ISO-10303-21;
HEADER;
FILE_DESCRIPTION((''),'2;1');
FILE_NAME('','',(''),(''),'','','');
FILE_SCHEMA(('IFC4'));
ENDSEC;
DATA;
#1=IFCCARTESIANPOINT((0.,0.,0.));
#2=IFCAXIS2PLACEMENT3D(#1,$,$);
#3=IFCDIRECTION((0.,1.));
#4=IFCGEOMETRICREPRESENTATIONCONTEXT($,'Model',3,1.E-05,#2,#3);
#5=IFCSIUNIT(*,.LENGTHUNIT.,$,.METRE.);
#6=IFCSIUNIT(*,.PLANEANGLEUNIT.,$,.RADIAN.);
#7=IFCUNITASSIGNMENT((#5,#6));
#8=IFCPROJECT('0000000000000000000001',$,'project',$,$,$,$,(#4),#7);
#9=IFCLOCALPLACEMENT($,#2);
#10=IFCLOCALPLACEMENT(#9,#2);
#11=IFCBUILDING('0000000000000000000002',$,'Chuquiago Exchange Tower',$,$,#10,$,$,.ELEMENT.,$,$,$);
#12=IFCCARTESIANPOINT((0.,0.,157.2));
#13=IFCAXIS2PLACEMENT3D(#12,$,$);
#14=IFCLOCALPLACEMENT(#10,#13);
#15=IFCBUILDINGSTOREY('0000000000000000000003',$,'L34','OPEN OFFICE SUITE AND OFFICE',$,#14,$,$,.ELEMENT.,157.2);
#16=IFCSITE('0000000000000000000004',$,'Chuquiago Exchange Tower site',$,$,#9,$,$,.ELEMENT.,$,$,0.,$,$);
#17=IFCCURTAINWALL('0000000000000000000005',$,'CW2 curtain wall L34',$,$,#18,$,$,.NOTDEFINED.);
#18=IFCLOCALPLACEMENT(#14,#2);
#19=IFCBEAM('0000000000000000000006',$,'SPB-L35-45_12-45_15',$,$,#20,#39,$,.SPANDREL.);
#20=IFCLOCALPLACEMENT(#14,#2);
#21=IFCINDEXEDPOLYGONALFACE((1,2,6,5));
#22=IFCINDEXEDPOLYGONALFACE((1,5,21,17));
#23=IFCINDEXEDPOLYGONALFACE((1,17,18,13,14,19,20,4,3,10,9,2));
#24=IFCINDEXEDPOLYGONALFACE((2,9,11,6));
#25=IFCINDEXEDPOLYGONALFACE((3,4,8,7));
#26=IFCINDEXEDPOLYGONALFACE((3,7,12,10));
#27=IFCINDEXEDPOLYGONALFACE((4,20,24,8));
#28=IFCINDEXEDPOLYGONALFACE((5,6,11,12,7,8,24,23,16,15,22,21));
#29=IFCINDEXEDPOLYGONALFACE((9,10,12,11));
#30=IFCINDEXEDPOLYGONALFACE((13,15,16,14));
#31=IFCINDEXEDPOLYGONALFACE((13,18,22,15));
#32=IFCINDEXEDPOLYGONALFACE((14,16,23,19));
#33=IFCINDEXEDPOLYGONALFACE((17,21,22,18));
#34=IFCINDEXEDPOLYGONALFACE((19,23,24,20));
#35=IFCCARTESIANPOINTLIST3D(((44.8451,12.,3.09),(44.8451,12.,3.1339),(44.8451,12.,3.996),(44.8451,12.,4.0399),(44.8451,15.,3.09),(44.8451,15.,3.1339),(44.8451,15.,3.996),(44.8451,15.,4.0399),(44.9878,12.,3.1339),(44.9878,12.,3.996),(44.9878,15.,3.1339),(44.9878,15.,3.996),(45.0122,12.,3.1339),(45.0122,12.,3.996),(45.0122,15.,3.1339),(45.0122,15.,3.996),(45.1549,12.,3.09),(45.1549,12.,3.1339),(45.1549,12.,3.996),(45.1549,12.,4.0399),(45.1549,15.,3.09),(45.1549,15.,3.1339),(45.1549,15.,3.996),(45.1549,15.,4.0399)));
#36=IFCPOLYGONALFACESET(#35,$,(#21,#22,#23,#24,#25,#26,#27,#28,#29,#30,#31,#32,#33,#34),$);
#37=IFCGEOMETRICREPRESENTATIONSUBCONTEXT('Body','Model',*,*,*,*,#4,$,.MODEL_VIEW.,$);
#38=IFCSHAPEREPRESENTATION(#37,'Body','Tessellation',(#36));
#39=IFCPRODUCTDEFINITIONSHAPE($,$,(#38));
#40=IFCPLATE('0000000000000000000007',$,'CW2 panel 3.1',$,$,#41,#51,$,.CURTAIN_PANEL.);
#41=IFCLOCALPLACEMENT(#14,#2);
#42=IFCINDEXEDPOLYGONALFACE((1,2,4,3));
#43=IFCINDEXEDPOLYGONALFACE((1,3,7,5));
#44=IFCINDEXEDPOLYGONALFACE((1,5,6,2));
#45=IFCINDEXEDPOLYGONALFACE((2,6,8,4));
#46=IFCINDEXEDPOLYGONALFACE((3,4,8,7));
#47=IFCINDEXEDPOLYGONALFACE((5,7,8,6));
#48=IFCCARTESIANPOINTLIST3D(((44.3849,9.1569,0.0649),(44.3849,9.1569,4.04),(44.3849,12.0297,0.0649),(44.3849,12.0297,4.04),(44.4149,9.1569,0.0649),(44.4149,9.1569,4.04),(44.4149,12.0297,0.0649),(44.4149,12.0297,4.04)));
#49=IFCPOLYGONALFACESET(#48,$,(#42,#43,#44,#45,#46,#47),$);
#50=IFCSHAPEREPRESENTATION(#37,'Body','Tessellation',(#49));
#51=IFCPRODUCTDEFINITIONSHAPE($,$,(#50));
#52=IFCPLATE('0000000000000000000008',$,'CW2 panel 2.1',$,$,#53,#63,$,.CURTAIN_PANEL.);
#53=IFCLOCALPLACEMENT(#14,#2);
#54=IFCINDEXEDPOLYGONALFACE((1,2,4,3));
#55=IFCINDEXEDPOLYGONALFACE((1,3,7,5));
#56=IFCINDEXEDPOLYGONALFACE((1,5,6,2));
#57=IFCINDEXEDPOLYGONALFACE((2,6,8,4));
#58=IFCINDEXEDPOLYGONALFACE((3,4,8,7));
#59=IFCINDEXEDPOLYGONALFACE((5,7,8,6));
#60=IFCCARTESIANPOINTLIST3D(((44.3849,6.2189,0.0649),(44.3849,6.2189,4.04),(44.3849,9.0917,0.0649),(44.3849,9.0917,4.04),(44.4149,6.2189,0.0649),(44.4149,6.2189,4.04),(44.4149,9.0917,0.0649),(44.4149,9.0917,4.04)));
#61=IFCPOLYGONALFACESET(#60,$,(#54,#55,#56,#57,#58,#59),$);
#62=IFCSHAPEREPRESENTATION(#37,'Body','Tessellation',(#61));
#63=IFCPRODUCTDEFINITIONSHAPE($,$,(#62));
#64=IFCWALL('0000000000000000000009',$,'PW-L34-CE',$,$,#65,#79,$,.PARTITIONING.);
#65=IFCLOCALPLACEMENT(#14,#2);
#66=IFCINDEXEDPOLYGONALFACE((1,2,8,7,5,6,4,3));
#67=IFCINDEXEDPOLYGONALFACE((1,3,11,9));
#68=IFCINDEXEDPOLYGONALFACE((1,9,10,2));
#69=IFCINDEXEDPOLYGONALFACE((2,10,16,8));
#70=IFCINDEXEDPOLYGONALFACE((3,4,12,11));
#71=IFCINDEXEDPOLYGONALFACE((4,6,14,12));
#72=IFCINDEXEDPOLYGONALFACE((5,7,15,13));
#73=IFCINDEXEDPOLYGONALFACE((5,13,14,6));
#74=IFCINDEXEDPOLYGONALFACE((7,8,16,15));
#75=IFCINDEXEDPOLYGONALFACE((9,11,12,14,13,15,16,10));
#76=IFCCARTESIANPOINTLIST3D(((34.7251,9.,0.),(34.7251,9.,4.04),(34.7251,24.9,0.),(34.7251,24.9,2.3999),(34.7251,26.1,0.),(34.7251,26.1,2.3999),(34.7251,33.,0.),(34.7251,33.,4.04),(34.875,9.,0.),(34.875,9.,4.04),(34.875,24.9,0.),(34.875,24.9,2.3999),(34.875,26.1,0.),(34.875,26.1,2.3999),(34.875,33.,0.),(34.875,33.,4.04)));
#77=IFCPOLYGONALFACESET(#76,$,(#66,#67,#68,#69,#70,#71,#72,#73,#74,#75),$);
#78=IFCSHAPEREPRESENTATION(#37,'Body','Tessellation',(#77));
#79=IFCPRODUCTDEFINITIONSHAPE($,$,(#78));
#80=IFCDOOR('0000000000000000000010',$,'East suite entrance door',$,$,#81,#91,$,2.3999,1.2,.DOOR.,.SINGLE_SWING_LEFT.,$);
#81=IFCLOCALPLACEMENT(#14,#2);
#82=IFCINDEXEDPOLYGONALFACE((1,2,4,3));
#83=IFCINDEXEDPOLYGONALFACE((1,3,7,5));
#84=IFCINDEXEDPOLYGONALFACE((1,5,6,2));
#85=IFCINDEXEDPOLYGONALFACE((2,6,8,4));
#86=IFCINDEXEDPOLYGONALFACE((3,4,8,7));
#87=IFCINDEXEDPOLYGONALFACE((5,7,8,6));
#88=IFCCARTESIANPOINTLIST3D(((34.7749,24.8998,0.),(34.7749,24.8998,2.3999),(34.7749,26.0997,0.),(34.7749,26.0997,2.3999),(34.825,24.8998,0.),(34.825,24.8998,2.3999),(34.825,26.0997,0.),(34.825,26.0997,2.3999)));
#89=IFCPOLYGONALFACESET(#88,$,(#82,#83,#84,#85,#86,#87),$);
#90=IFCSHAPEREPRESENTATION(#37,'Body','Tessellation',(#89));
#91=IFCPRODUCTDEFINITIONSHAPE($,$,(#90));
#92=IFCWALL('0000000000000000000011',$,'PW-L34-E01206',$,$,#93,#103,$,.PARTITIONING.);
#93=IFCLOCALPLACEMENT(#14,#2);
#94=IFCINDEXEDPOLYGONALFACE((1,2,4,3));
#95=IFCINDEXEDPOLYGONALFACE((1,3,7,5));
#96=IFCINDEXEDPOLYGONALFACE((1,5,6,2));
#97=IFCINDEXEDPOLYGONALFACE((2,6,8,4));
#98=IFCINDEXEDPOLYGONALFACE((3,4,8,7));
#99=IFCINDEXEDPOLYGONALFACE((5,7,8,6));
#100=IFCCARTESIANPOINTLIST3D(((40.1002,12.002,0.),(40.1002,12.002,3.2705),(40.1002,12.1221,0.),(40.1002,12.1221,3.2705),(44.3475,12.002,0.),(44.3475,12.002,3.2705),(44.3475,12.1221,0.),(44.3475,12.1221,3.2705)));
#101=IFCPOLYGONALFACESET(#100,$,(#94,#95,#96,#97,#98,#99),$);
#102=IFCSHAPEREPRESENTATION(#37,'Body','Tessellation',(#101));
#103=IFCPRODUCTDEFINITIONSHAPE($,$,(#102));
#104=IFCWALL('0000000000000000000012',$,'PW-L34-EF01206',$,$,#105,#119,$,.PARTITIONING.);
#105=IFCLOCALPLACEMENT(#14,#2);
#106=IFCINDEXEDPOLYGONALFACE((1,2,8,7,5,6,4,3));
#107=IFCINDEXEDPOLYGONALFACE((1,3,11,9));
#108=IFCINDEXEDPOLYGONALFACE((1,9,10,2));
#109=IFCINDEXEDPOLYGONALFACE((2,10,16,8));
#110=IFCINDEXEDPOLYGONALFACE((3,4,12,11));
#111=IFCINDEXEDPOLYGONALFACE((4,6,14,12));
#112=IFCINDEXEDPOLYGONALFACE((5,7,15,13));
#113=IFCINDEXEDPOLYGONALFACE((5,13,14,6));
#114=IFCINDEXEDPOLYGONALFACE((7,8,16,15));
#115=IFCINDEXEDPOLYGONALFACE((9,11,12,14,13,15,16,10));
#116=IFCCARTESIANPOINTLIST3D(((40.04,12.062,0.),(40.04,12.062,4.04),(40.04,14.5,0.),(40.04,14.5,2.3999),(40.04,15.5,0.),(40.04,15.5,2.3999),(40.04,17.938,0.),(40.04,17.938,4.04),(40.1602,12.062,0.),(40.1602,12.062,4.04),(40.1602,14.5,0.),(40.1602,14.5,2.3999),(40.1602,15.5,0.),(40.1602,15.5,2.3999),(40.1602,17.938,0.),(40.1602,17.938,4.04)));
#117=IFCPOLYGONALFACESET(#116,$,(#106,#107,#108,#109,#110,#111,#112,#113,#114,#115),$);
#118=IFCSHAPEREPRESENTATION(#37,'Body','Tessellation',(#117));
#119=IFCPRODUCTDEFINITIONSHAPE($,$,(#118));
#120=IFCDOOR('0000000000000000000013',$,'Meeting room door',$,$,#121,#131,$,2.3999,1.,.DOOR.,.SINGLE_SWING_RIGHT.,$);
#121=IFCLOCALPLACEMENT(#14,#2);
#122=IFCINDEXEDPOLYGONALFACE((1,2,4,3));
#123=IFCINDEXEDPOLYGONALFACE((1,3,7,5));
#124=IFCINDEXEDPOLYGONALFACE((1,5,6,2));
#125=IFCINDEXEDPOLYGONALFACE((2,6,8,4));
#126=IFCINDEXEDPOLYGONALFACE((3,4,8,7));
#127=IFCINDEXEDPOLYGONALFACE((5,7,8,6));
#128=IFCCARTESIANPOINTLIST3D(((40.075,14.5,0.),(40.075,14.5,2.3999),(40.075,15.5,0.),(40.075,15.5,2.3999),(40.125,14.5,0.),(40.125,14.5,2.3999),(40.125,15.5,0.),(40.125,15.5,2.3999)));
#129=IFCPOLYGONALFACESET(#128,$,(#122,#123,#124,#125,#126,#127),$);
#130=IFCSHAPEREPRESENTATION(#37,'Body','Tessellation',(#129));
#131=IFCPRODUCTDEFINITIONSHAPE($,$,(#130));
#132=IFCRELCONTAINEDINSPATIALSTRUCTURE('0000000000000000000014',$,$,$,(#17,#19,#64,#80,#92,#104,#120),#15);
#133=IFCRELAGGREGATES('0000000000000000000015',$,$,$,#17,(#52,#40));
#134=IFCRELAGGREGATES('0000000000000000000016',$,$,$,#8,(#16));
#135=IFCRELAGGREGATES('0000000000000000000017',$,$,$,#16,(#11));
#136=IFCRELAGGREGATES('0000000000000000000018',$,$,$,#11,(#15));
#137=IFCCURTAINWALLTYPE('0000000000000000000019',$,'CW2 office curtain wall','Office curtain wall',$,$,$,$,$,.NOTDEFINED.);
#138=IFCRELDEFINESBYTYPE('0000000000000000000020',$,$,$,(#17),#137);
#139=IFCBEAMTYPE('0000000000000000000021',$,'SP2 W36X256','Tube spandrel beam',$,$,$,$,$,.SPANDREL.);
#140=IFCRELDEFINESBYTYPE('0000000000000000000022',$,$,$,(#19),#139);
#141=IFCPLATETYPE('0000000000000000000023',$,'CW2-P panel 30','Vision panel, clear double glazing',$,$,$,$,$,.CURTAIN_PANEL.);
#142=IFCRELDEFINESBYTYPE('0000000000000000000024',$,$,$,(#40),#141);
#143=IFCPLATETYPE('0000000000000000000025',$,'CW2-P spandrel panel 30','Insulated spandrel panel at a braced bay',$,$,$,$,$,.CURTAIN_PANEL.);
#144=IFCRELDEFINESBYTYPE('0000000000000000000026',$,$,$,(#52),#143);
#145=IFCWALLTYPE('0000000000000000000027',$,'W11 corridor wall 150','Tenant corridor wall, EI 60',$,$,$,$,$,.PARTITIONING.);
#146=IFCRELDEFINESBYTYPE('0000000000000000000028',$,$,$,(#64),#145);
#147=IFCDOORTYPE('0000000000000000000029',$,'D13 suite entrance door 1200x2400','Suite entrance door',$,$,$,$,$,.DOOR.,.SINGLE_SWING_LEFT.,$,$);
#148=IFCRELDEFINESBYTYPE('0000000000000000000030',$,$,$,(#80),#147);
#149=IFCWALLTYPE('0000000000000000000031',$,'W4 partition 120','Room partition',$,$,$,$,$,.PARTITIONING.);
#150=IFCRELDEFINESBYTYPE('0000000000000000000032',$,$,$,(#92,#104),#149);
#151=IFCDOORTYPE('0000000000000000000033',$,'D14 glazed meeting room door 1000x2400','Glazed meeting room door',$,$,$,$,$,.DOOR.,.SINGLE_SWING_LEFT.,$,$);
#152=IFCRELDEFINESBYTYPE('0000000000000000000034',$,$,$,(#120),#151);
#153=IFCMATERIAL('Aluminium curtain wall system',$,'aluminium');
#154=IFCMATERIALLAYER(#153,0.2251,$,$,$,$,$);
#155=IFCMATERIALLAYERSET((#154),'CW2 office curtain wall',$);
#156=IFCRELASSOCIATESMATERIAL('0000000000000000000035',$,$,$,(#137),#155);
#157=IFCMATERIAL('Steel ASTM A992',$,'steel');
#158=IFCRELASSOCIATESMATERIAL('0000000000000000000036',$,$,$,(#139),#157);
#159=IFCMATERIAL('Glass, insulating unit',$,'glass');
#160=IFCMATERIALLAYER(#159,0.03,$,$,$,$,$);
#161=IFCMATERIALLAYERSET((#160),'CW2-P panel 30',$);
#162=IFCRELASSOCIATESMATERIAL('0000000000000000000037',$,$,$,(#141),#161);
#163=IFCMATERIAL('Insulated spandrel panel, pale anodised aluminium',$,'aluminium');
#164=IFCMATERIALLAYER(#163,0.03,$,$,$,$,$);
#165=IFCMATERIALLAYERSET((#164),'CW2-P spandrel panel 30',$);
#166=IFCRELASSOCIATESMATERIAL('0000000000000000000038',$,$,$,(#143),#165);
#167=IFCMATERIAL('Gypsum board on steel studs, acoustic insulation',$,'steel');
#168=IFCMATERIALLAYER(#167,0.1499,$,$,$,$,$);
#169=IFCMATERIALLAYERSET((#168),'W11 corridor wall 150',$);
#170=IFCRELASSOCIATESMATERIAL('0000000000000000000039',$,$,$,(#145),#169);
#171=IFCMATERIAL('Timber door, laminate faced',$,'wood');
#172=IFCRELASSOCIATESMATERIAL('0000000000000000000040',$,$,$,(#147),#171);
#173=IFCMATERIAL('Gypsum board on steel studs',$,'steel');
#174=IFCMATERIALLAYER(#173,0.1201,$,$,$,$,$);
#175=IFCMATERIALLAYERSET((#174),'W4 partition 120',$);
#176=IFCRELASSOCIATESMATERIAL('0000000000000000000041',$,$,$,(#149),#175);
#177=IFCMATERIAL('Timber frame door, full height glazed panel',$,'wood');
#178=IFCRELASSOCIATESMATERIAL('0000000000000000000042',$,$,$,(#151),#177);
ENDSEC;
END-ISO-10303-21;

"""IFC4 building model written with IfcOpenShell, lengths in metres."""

from ifc_helpers import new_model, si_unit, direction, frame, frame_2d, origin, origin_2d, place, context, subcontext, project, spatial, rectangle, i_section, extrude, material, layer, layer_set, material_profile, profile_set, type_object, element, fill, aggregate, save


model = new_model("IFC4")

# Units and contexts
model_context = context("Model", 3, precision=1e-05, world=origin(), true_north=direction((0.0, 1.0)))
body_context = subcontext(model_context, "Body", "Model", "MODEL_VIEW")
ifc_project = project(units=[si_unit("LENGTHUNIT", "METRE"), si_unit("PLANEANGLEUNIT", "RADIAN")], contexts=[model_context])

# Site, building, storey
site_placement = place(None, origin())
site = spatial("IfcSite", under=ifc_project, at=site_placement, Name="Chuquiago Exchange Tower site", CompositionType="ELEMENT", RefElevation=0.0)
building_placement = place(site_placement, origin())
building = spatial("IfcBuilding", under=site, at=building_placement, Name="Chuquiago Exchange Tower", CompositionType="ELEMENT")
storey_placement = place(building_placement, frame((0.0, 0.0, 157.2)))
storey = spatial("IfcBuildingStorey", under=building, at=storey_placement, Name="L34", Description="OPEN OFFICE SUITE AND OFFICE", CompositionType="ELEMENT", Elevation=157.2)

# Curtain wall
ifc_material_1 = material(Name="Aluminium curtain wall system", Category="aluminium")
ifc_layer_1 = layer(ifc_material_1, 0.2251)
ifc_layer_set_1 = layer_set([ifc_layer_1], Name="CW2 office curtain wall")
curtain_wall_type = type_object("IfcCurtainWallType", Name="CW2 office curtain wall", Description="Office curtain wall", PredefinedType="NOTDEFINED", material=ifc_layer_set_1)
curtain_wall_placement = place(storey_placement, origin())
curtain_wall = element("IfcCurtainWall", 1, at=curtain_wall_placement, inside=storey, type_object=curtain_wall_type, Name="CW2 curtain wall L34", PredefinedType="NOTDEFINED")

# Beam
ifc_material_2 = material(Name="Steel ASTM A992", Category="steel")
ifc_material_profile_1 = material_profile(ifc_material_2, i_section(OverallWidth=0.3098, OverallDepth=0.95, WebThickness=0.0244, FlangeThickness=0.0439, at=origin_2d()), Name="W36X256")
ifc_profile_set_1 = profile_set([ifc_material_profile_1], Name="Steel ASTM A992")
beam_type = type_object("IfcBeamType", Name="SP2 W36X256", Description="Tube spandrel beam", PredefinedType="SPANDREL", material=ifc_profile_set_1)
for number, where, z_axis, x_axis, name in (
    (2, (45.0, 12.0, 3.5649), (0.0, 1.0, 0.0), (-1.0, 0.0, 0.0), "SPB-L35-45_12-45_15"),
):
    element("IfcBeam", number, at=place(storey_placement, frame(where, z_axis=z_axis, x_axis=x_axis)), inside=storey, type_object=beam_type, Name=name, PredefinedType="SPANDREL", context=body_context, shape_type="SweptSolid", body=[
        extrude(i_section(OverallWidth=0.3098, OverallDepth=0.95, WebThickness=0.0244, FlangeThickness=0.0439, at=origin_2d()), origin(), (0.0, 0.0, 1.0), 3.0),
    ])

# Plates
ifc_material_3 = material(Name="Glass, insulating unit", Category="glass")
ifc_layer_2 = layer(ifc_material_3, 0.03)
ifc_layer_set_2 = layer_set([ifc_layer_2], Name="CW2-P panel 30")
plate_type_1 = type_object("IfcPlateType", Name="CW2-P panel 30", Description="Vision panel, clear double glazing", PredefinedType="CURTAIN_PANEL", material=ifc_layer_set_2)
plate_1_placement = place(storey_placement, frame((44.3999, 10.5933, 0.0649), z_axis=(0.0, 0.0, 1.0), x_axis=(0.0, 1.0, 0.0)))
plate_1 = element("IfcPlate", 3, at=plate_1_placement, type_object=plate_type_1, Name="CW2 panel 3.1", PredefinedType="CURTAIN_PANEL", context=body_context, shape_type="SweptSolid", body=[
    extrude(rectangle(XDim=2.8728, YDim=0.03, at=origin_2d()), origin(), (0.0, 0.0, 1.0), 3.9751),
])
ifc_material_4 = material(Name="Insulated spandrel panel, pale anodised aluminium", Category="aluminium")
ifc_layer_3 = layer(ifc_material_4, 0.03)
ifc_layer_set_3 = layer_set([ifc_layer_3], Name="CW2-P spandrel panel 30")
plate_type_2 = type_object("IfcPlateType", Name="CW2-P spandrel panel 30", Description="Insulated spandrel panel at a braced bay", PredefinedType="CURTAIN_PANEL", material=ifc_layer_set_3)
plate_2_placement = place(storey_placement, frame((44.3999, 7.6553, 0.0649), z_axis=(0.0, 0.0, 1.0), x_axis=(0.0, 1.0, 0.0)))
plate_2 = element("IfcPlate", 4, at=plate_2_placement, type_object=plate_type_2, Name="CW2 panel 2.1", PredefinedType="CURTAIN_PANEL", context=body_context, shape_type="SweptSolid", body=[
    extrude(rectangle(XDim=2.8728, YDim=0.03, at=origin_2d()), origin(), (0.0, 0.0, 1.0), 3.9751),
])
aggregate(curtain_wall, [plate_2, plate_1])

# Wall, opening, door
ifc_material_5 = material(Name="Gypsum board on steel studs, acoustic insulation", Category="steel")
ifc_layer_4 = layer(ifc_material_5, 0.1499)
ifc_layer_set_4 = layer_set([ifc_layer_4], Name="W11 corridor wall 150")
wall_type_1 = type_object("IfcWallType", Name="W11 corridor wall 150", Description="Tenant corridor wall, EI 60", PredefinedType="PARTITIONING", material=ifc_layer_set_4)
wall_1_placement = place(storey_placement, frame((34.8, 9.0, 0.0), z_axis=(0.0, 0.0, 1.0), x_axis=(0.0, 1.0, 0.0)))
wall_1 = element("IfcWall", 5, at=wall_1_placement, inside=storey, type_object=wall_type_1, Name="PW-L34-CE", PredefinedType="PARTITIONING", context=body_context, shape_type="SweptSolid", body=[
    extrude(rectangle(XDim=24.0, YDim=0.1499, at=frame_2d((12.0, 0.0))), origin(), (0.0, 0.0, 1.0), 4.04),
])
opening_1_placement = place(wall_1_placement, frame((15.8999, 0.0, 0.0)))
opening_1 = element("IfcOpeningElement", 6, at=opening_1_placement, cuts=wall_1, PredefinedType="OPENING", context=body_context, shape_type="SweptSolid", body=[
    extrude(rectangle(XDim=1.2, YDim=2.3999, at=frame_2d((0.6001, 1.2))), frame((0.0, 0.085, 0.0), z_axis=(0.0, -1.0, 0.0), x_axis=(1.0, 0.0, 0.0)), (0.0, 0.0, 1.0), 0.1699),
])
ifc_material_6 = material(Name="Timber door, laminate faced", Category="wood")
door_type_1 = type_object("IfcDoorType", Name="D13 suite entrance door 1200x2400", Description="Suite entrance door", OperationType="SINGLE_SWING_LEFT", PredefinedType="DOOR", material=ifc_material_6)
door_1_placement = place(opening_1_placement, frame((1.2, 0.0, 0.0), z_axis=(0.0, 0.0, 1.0), x_axis=(-1.0, 0.0, 0.0)))
door_1 = element("IfcDoor", 7, at=door_1_placement, inside=storey, type_object=door_type_1, Name="East suite entrance door", OperationType="SINGLE_SWING_LEFT", OverallHeight=2.3999, OverallWidth=1.2, PredefinedType="DOOR", context=body_context, shape_type="SweptSolid", body=[
    extrude(rectangle(XDim=1.2, YDim=2.3999, at=frame_2d((0.6001, 1.2))), frame((0.0, 0.0249, 0.0), z_axis=(0.0, -1.0, 0.0), x_axis=(1.0, 0.0, 0.0)), (0.0, 0.0, 1.0), 0.05),
])
fill(opening_1, door_1)

# Wall
ifc_material_7 = material(Name="Gypsum board on steel studs", Category="steel")
ifc_layer_5 = layer(ifc_material_7, 0.1201)
ifc_layer_set_5 = layer_set([ifc_layer_5], Name="W4 partition 120")
wall_type_2 = type_object("IfcWallType", Name="W4 partition 120", Description="Room partition", PredefinedType="PARTITIONING", material=ifc_layer_set_5)
wall_2_placement = place(storey_placement, frame((44.3474, 12.062, 0.0), z_axis=(0.0, 0.0, 1.0), x_axis=(-1.0, 0.0, 0.0)))
element("IfcWall", 8, at=wall_2_placement, inside=storey, type_object=wall_type_2, Name="PW-L34-E01206", PredefinedType="PARTITIONING", context=body_context, shape_type="SweptSolid", body=[
    extrude(rectangle(XDim=4.2473, YDim=0.1201, at=frame_2d((2.1235, 0.0))), origin(), (0.0, 0.0, 1.0), 3.2705),
])

# Wall, opening, door
wall_3_placement = place(storey_placement, frame((40.1001, 12.062, 0.0), z_axis=(0.0, 0.0, 1.0), x_axis=(0.0, 1.0, 0.0)))
wall_3 = element("IfcWall", 9, at=wall_3_placement, inside=storey, type_object=wall_type_2, Name="PW-L34-EF01206", PredefinedType="PARTITIONING", context=body_context, shape_type="SweptSolid", body=[
    extrude(rectangle(XDim=5.876, YDim=0.1201, at=frame_2d((2.938, 0.0))), origin(), (0.0, 0.0, 1.0), 4.04),
])
opening_2_placement = place(wall_3_placement, frame((2.438, 0.0, 0.0)))
opening_2 = element("IfcOpeningElement", 10, at=opening_2_placement, cuts=wall_3, PredefinedType="OPENING", context=body_context, shape_type="SweptSolid", body=[
    extrude(rectangle(XDim=1.0, YDim=2.3999, at=frame_2d((0.5, 1.2))), frame((0.0, 0.0701, 0.0), z_axis=(0.0, -1.0, 0.0), x_axis=(1.0, 0.0, 0.0)), (0.0, 0.0, 1.0), 0.1401),
])
ifc_material_8 = material(Name="Timber frame door, full height glazed panel", Category="wood")
door_type_2 = type_object("IfcDoorType", Name="D14 glazed meeting room door 1000x2400", Description="Glazed meeting room door", OperationType="SINGLE_SWING_LEFT", PredefinedType="DOOR", material=ifc_material_8)
door_2_placement = place(opening_2_placement, frame((1.0, 0.0, 0.0), z_axis=(0.0, 0.0, 1.0), x_axis=(-1.0, 0.0, 0.0)))
door_2 = element("IfcDoor", 11, at=door_2_placement, inside=storey, type_object=door_type_2, Name="Meeting room door", OperationType="SINGLE_SWING_RIGHT", OverallHeight=2.3999, OverallWidth=1.0, PredefinedType="DOOR", context=body_context, shape_type="SweptSolid", body=[
    extrude(rectangle(XDim=1.0, YDim=2.3999, at=frame_2d((0.5, 1.2))), frame((0.0, 0.0249, 0.0), z_axis=(0.0, -1.0, 0.0), x_axis=(1.0, 0.0, 0.0)), (0.0, 0.0, 1.0), 0.05),
])
fill(opening_2, door_2)

save(model, "model.ifc")
